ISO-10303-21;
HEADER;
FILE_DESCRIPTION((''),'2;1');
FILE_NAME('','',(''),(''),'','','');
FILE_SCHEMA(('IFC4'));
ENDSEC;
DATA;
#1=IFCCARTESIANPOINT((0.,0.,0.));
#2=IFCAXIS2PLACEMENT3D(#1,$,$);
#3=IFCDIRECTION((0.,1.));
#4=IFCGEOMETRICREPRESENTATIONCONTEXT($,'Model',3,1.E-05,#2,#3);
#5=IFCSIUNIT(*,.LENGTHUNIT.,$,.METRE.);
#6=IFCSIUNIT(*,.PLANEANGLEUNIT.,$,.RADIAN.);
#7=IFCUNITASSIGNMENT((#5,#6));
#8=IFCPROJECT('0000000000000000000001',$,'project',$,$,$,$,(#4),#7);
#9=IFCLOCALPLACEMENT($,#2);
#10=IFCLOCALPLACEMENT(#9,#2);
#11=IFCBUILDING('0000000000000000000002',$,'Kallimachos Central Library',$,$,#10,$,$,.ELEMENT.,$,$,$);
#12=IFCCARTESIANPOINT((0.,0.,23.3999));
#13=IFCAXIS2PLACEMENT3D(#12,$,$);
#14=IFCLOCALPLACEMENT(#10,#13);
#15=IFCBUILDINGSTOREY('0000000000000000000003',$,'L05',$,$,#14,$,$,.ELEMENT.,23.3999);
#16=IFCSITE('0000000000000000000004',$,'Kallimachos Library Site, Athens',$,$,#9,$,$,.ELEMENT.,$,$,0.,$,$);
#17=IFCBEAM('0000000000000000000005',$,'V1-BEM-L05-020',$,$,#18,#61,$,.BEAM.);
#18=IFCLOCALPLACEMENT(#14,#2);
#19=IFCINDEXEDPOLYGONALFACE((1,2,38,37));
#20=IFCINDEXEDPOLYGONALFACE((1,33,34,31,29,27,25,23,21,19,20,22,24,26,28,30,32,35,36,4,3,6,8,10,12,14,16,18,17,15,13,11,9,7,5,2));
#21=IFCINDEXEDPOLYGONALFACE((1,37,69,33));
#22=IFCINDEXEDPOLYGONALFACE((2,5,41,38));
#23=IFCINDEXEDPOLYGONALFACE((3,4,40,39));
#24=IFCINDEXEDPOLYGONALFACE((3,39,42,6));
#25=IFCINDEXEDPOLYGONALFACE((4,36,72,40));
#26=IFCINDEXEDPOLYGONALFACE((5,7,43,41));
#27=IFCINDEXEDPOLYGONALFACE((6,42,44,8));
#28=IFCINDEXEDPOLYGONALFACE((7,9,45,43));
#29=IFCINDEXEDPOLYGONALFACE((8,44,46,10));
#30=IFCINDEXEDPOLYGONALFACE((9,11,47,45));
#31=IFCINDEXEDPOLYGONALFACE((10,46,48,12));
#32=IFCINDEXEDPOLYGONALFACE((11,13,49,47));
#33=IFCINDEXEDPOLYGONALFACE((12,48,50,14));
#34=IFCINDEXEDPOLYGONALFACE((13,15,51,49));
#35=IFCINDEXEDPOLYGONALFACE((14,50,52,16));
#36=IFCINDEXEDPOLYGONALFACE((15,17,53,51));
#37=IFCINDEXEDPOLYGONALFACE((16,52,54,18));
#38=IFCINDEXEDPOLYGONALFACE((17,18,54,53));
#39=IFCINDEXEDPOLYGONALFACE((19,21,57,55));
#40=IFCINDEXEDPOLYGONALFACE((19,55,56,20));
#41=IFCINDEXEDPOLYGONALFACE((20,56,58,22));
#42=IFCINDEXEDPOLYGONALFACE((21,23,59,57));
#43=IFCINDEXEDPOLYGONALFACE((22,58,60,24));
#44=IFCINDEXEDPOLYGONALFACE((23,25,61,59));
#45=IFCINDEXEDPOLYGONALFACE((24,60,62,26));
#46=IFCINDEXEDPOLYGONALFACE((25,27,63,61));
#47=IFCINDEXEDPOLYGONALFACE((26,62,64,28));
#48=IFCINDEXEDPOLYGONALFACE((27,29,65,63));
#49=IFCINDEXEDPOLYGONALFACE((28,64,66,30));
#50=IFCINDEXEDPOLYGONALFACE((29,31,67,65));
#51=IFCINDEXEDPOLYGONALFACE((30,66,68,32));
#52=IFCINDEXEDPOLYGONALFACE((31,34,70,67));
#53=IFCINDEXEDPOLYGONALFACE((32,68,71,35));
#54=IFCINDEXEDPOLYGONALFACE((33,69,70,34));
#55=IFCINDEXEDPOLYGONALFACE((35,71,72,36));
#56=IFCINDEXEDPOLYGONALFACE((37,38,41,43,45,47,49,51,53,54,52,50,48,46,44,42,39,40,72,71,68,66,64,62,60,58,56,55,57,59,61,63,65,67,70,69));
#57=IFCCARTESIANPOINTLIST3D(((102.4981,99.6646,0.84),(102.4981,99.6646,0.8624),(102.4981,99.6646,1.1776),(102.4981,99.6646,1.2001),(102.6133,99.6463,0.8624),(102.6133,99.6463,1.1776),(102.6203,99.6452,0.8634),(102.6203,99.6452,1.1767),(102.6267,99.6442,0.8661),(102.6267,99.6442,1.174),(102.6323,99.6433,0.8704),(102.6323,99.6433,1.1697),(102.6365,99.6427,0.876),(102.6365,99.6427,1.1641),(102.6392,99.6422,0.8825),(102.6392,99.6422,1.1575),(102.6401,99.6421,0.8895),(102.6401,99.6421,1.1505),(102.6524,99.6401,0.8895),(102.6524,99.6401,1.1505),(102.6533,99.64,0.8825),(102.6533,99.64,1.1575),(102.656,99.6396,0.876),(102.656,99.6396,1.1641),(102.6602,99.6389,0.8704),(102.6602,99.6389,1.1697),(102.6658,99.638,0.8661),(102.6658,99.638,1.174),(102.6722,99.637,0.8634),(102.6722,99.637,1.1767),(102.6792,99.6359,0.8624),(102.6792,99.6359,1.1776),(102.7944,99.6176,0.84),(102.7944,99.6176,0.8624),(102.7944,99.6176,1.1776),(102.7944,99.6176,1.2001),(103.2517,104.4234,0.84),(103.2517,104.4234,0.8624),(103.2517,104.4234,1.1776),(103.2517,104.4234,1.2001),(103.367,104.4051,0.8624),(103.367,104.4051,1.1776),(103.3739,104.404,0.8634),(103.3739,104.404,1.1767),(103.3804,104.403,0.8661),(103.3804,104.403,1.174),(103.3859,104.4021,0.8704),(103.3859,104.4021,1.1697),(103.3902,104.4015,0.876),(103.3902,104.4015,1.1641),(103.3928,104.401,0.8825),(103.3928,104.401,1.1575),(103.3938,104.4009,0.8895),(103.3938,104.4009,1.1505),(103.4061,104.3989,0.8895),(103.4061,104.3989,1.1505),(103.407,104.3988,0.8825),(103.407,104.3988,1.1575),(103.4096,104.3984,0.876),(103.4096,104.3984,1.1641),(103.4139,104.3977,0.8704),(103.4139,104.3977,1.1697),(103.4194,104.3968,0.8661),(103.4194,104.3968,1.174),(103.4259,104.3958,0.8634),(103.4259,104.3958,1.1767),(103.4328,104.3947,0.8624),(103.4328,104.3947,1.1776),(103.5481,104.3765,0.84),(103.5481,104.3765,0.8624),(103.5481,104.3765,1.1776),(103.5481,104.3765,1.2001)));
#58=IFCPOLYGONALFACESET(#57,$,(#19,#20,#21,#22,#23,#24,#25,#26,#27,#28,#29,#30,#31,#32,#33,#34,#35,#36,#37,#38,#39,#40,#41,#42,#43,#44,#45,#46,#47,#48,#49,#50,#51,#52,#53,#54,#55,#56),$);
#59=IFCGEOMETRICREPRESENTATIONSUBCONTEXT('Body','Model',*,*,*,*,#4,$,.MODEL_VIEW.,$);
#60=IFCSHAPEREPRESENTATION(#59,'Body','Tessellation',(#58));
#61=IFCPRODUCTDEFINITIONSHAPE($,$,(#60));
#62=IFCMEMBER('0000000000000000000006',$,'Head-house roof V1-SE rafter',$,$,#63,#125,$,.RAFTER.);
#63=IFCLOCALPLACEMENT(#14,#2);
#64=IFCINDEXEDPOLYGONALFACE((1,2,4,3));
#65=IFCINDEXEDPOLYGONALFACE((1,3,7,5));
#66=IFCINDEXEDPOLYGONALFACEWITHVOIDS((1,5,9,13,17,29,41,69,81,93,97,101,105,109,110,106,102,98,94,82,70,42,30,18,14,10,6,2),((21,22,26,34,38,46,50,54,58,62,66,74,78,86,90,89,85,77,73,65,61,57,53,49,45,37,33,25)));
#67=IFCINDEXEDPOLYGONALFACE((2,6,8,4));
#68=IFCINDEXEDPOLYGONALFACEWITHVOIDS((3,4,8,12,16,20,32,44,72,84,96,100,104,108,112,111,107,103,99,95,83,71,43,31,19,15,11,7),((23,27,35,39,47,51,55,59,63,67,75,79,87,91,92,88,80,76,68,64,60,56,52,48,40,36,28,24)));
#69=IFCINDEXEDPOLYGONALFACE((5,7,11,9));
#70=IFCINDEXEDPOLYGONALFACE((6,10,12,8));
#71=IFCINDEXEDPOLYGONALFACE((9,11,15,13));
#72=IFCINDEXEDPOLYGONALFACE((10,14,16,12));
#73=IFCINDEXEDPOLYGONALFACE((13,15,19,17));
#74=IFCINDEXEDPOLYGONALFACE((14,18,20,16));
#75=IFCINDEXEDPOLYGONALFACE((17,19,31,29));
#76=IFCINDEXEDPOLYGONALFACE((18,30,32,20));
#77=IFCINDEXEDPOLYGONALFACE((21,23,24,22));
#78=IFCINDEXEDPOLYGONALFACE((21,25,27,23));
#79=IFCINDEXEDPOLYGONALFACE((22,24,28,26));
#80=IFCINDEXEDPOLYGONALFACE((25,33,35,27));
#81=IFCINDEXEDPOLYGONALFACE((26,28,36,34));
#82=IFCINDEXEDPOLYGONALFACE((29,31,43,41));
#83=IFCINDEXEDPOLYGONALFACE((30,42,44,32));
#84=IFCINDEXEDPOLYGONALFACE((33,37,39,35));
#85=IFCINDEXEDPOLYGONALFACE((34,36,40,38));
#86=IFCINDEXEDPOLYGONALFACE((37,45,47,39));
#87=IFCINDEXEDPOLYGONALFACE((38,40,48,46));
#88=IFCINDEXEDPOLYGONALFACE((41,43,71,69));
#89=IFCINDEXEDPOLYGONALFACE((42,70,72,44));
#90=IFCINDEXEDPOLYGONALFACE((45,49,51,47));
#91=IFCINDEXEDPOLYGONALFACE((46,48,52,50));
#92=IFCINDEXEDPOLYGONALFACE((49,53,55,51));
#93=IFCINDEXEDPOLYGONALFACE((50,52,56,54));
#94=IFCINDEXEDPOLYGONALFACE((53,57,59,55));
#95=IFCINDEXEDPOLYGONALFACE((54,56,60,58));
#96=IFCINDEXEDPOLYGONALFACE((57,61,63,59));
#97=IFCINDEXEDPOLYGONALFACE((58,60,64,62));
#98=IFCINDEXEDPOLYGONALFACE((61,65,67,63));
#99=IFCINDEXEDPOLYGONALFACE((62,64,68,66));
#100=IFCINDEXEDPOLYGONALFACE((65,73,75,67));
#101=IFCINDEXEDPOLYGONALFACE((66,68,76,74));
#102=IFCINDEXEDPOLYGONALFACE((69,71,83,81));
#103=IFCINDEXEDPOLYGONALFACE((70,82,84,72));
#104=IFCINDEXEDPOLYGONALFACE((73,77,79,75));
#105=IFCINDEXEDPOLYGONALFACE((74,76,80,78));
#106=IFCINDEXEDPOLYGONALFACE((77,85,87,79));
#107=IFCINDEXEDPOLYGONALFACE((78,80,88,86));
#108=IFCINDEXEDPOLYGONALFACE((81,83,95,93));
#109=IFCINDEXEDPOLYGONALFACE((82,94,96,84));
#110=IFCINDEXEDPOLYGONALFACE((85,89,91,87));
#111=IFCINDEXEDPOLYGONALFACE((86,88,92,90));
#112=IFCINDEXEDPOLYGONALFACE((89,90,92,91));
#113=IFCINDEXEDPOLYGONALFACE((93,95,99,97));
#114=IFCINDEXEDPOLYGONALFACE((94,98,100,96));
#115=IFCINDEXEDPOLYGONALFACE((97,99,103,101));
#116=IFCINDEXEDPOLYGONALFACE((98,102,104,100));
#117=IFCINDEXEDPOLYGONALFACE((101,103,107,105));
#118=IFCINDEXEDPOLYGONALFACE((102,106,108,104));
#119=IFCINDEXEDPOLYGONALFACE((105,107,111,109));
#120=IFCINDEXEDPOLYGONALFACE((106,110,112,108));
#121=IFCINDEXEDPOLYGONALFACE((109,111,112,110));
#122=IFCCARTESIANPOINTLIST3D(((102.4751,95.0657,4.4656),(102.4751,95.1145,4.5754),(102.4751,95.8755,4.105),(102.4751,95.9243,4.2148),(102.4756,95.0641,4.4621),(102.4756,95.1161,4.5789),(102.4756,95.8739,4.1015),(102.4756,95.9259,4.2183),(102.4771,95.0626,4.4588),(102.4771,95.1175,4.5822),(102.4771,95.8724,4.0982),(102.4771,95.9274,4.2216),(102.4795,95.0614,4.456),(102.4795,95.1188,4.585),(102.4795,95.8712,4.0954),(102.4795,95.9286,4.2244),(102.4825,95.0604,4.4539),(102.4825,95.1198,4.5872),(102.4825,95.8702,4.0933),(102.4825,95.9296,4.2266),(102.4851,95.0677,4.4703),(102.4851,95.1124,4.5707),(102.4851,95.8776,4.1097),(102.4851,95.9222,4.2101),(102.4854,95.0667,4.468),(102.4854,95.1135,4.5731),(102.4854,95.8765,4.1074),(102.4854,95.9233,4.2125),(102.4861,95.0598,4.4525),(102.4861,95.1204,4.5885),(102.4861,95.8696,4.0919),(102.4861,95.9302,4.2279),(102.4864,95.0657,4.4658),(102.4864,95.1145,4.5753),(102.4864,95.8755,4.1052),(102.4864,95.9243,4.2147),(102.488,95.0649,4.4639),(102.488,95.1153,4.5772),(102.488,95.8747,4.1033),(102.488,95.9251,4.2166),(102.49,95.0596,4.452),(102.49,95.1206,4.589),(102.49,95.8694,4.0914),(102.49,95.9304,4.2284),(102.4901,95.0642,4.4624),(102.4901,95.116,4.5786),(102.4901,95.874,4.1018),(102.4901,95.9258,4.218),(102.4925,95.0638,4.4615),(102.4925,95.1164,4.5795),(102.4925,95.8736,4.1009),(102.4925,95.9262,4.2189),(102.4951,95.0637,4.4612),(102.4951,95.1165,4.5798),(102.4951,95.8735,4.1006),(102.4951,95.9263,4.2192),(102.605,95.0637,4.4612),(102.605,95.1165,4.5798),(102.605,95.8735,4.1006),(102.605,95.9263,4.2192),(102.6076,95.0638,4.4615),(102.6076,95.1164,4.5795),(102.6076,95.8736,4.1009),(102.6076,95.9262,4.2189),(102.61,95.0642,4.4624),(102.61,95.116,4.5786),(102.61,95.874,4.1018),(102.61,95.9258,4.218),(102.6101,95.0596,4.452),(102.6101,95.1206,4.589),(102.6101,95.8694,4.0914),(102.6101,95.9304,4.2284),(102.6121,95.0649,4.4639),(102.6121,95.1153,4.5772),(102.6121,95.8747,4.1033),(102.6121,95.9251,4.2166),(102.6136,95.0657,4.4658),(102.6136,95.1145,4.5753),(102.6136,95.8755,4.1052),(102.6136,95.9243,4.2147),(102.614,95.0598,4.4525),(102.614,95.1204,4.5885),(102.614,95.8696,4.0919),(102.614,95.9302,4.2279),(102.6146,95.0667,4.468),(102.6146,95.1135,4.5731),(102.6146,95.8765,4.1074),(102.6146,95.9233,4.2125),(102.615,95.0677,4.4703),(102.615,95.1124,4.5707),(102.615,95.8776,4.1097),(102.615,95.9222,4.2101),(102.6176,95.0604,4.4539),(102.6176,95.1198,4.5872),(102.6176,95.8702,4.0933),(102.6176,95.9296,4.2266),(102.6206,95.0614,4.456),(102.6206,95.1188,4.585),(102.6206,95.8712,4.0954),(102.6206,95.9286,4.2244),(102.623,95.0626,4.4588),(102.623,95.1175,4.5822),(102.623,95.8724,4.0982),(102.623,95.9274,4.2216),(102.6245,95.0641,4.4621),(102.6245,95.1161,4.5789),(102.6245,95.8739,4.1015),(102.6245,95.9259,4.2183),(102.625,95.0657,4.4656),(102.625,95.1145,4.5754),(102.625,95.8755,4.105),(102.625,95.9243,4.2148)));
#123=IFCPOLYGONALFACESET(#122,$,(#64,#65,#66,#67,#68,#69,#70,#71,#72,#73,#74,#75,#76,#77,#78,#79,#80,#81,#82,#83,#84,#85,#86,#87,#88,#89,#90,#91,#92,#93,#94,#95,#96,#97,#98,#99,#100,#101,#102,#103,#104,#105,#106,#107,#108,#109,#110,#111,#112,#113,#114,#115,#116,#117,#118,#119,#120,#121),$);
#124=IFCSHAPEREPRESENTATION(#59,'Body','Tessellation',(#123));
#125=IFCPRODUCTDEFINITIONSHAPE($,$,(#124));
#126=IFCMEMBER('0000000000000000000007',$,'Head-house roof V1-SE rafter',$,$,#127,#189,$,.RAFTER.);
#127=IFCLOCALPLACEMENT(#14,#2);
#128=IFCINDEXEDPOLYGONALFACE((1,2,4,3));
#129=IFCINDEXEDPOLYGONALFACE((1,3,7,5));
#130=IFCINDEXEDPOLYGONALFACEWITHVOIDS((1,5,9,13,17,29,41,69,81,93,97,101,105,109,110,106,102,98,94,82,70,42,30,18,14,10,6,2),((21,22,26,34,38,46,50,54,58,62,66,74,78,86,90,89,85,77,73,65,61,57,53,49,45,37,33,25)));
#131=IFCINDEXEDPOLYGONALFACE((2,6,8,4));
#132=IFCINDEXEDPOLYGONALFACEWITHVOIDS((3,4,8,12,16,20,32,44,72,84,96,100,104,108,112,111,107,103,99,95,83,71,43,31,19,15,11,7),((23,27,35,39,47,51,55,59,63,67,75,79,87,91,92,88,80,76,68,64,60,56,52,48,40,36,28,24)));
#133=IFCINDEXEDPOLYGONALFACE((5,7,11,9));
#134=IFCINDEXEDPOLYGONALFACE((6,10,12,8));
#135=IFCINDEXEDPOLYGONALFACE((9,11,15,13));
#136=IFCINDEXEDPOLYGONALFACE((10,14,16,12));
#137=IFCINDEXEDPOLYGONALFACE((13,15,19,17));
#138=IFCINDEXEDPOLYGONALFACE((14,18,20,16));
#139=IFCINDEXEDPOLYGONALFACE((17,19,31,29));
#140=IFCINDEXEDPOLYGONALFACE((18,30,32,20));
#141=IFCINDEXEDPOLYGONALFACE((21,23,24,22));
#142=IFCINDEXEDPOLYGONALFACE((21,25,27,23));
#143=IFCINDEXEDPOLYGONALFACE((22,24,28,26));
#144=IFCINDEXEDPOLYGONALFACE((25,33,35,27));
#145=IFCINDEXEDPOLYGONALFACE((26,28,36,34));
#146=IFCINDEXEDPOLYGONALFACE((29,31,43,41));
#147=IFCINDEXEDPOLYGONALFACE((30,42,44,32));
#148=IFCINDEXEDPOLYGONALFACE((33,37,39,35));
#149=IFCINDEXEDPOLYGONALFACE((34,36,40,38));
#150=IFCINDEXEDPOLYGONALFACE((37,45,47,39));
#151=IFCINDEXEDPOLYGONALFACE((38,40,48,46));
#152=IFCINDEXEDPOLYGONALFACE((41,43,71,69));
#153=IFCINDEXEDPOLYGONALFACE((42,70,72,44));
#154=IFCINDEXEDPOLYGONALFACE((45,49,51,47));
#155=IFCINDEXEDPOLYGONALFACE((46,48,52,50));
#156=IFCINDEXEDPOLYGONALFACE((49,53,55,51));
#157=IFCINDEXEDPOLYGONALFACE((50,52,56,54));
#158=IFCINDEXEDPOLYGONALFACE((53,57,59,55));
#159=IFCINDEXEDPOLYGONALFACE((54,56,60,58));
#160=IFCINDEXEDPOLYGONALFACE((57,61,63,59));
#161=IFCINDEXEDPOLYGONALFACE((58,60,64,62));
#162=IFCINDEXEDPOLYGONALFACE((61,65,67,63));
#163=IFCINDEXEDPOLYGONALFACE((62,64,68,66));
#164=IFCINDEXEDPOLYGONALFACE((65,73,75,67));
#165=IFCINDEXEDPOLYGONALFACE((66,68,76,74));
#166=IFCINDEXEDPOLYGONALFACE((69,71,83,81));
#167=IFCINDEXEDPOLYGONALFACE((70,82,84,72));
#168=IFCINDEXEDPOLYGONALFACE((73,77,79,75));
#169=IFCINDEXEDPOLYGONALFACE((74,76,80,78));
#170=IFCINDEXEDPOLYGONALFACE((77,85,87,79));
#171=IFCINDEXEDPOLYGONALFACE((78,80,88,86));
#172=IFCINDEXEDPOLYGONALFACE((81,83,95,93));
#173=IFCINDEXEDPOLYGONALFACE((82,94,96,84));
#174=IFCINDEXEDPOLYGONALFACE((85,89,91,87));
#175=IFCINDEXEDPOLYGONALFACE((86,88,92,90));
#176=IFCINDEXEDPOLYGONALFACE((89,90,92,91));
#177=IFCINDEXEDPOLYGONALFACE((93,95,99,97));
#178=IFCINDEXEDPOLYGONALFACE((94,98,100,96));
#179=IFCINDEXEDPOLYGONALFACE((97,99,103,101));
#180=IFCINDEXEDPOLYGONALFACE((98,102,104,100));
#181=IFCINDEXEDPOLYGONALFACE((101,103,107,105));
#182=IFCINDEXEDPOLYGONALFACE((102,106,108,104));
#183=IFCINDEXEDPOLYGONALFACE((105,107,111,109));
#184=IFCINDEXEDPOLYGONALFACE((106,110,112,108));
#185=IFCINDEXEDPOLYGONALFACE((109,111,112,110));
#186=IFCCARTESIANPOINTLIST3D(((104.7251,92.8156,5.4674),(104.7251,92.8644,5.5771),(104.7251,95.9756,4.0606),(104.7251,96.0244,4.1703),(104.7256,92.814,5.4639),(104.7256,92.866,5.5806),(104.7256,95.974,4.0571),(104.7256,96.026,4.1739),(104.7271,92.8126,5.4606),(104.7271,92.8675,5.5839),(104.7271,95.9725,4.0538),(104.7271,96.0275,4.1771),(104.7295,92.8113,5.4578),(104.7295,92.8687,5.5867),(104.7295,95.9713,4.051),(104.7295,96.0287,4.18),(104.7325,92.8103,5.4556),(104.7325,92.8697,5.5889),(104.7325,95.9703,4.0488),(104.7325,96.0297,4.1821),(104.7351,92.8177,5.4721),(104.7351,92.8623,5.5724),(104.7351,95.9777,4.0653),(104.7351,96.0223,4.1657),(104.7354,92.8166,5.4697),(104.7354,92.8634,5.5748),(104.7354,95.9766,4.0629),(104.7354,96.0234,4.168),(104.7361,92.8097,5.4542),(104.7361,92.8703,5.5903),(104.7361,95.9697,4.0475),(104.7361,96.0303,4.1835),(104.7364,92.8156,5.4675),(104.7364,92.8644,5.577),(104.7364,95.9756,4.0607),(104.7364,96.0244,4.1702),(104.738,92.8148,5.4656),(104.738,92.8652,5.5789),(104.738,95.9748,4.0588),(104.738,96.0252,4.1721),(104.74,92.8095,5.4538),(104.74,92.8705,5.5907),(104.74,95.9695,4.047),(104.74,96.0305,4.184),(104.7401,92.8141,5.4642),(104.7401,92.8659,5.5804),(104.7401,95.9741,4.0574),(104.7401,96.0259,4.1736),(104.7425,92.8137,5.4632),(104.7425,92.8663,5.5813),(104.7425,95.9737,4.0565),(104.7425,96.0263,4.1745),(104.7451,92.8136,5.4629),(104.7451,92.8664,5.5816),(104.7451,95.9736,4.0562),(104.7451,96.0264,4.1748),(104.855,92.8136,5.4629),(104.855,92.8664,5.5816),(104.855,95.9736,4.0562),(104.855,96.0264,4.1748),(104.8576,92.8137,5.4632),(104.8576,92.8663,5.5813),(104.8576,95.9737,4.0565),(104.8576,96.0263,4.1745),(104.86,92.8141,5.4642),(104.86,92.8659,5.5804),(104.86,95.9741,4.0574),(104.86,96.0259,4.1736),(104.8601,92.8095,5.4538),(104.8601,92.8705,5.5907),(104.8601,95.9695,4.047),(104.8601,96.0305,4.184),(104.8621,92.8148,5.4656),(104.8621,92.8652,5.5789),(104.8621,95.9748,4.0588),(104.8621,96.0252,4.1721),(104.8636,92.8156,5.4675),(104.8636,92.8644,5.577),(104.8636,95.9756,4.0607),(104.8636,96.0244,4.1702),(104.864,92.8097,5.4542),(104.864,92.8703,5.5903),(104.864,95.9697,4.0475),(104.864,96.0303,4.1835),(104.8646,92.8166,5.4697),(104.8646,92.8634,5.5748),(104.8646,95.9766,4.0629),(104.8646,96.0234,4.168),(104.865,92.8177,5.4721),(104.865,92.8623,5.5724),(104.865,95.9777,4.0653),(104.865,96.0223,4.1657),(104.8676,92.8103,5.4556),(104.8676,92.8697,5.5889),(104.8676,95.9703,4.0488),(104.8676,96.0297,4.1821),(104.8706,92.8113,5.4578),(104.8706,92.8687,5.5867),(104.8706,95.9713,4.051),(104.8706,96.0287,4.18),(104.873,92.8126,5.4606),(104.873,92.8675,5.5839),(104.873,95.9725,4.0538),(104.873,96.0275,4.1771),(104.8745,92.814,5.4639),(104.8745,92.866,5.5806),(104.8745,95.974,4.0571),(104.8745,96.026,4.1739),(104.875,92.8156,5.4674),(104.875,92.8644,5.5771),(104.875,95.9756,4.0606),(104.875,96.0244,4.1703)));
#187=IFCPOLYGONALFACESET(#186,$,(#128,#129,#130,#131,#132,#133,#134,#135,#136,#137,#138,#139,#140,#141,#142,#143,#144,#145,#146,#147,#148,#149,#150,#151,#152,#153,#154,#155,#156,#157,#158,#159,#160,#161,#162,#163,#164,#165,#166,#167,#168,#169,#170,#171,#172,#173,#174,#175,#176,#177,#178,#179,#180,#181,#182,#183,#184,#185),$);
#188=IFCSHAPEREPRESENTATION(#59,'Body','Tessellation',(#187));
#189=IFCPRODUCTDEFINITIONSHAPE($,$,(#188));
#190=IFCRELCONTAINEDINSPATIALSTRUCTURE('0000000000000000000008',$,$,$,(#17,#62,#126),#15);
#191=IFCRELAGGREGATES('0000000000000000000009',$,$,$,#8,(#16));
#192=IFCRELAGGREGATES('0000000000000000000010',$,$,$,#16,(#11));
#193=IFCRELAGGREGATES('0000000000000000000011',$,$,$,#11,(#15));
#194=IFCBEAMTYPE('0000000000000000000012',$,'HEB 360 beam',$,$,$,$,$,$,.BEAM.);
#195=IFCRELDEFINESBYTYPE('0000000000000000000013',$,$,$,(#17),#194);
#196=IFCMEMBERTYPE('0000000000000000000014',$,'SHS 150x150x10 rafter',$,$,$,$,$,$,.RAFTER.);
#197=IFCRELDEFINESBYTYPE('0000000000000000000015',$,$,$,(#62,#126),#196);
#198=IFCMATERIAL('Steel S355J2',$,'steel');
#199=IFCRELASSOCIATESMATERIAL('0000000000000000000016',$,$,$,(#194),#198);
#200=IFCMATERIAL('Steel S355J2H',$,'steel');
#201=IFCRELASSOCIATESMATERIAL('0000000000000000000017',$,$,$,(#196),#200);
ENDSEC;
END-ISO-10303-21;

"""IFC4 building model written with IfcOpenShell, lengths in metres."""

from ifc_helpers import new_model, si_unit, direction, frame, origin, origin_2d, place, context, subcontext, project, spatial, hollow_rectangle, i_section, extrude, material, material_profile, profile_set, type_object, element, save


model = new_model("IFC4")

# Units and contexts
model_context = context("Model", 3, precision=1e-05, world=origin(), true_north=direction((0.0, 1.0)))
body_context = subcontext(model_context, "Body", "Model", "MODEL_VIEW")
ifc_project = project(units=[si_unit("LENGTHUNIT", "METRE"), si_unit("PLANEANGLEUNIT", "RADIAN")], contexts=[model_context])

# Site, building, storey
site_placement = place(None, origin())
site = spatial("IfcSite", under=ifc_project, at=site_placement, Name="Kallimachos Library Site, Athens", CompositionType="ELEMENT", RefElevation=0.0)
building_placement = place(site_placement, origin())
building = spatial("IfcBuilding", under=site, at=building_placement, Name="Kallimachos Central Library", CompositionType="ELEMENT")
storey_placement = place(building_placement, frame((0.0, 0.0, 23.3999)))
storey = spatial("IfcBuildingStorey", under=building, at=storey_placement, Name="L05", CompositionType="ELEMENT", Elevation=23.3999)

# Beam
ifc_material_1 = material(Name="Steel S355J2", Category="steel")
ifc_material_profile_1 = material_profile(ifc_material_1, i_section(OverallWidth=0.3, OverallDepth=0.3601, WebThickness=0.0125, FlangeThickness=0.0225, FilletRadius=0.0271, at=origin_2d()), Name="HEB 360")
ifc_profile_set_1 = profile_set([ifc_material_profile_1], Name="Steel S355J2")
beam_type = type_object("IfcBeamType", Name="HEB 360 beam", PredefinedType="BEAM", material=ifc_profile_set_1)
beam_placement = place(storey_placement, frame((102.6462, 99.6411, 1.02), z_axis=(0.156423, 0.98769, 0.0), x_axis=(-0.98769, 0.156423, 0.0)))
element("IfcBeam", 1, at=beam_placement, inside=storey, type_object=beam_type, Name="V1-BEM-L05-020", PredefinedType="BEAM", context=body_context, shape_type="SweptSolid", body=[
    extrude(i_section(OverallWidth=0.3, OverallDepth=0.3601, WebThickness=0.0125, FlangeThickness=0.0225, FilletRadius=0.0271, at=origin_2d()), origin(), (0.0, 0.0, 1.0), 4.8181),
])

# Members
ifc_material_2 = material(Name="Steel S355J2H", Category="steel")
ifc_material_profile_2 = material_profile(ifc_material_2, hollow_rectangle(XDim=0.1499, YDim=0.1499, WallThickness=0.01, InnerFilletRadius=0.01, OuterFilletRadius=0.0149, at=origin_2d()), Name="SHS 150x150x10")
ifc_profile_set_2 = profile_set([ifc_material_profile_2], Name="Steel S355J2H")
member_type_1 = type_object("IfcMemberType", Name="SHS 150x150x10 rafter", PredefinedType="RAFTER", material=ifc_profile_set_2)
member_1_placement = place(storey_placement, frame((102.55, 95.8999, 4.1599), z_axis=(0.0, -0.913527, 0.406777), x_axis=(1.0, 0.0, 0.0)))
element("IfcMember", 2, at=member_1_placement, inside=storey, type_object=member_type_1, Name="Head-house roof V1-SE rafter", PredefinedType="RAFTER", context=body_context, shape_type="SweptSolid", body=[
    extrude(hollow_rectangle(XDim=0.1499, YDim=0.1499, WallThickness=0.01, InnerFilletRadius=0.01, OuterFilletRadius=0.0149, at=origin_2d()), origin(), (0.0, 0.0, 1.0), 0.8865),
])
member_2_placement = place(storey_placement, frame((104.8, 96.0, 4.1155), z_axis=(0.0, -0.913561, 0.406702), x_axis=(1.0, 0.0, 0.0)))
element("IfcMember", 3, at=member_2_placement, inside=storey, type_object=member_type_1, Name="Head-house roof V1-SE rafter", PredefinedType="RAFTER", context=body_context, shape_type="SweptSolid", body=[
    extrude(hollow_rectangle(XDim=0.1499, YDim=0.1499, WallThickness=0.01, InnerFilletRadius=0.01, OuterFilletRadius=0.0149, at=origin_2d()), origin(), (0.0, 0.0, 1.0), 3.459),
])

save(model, "model.ifc")
